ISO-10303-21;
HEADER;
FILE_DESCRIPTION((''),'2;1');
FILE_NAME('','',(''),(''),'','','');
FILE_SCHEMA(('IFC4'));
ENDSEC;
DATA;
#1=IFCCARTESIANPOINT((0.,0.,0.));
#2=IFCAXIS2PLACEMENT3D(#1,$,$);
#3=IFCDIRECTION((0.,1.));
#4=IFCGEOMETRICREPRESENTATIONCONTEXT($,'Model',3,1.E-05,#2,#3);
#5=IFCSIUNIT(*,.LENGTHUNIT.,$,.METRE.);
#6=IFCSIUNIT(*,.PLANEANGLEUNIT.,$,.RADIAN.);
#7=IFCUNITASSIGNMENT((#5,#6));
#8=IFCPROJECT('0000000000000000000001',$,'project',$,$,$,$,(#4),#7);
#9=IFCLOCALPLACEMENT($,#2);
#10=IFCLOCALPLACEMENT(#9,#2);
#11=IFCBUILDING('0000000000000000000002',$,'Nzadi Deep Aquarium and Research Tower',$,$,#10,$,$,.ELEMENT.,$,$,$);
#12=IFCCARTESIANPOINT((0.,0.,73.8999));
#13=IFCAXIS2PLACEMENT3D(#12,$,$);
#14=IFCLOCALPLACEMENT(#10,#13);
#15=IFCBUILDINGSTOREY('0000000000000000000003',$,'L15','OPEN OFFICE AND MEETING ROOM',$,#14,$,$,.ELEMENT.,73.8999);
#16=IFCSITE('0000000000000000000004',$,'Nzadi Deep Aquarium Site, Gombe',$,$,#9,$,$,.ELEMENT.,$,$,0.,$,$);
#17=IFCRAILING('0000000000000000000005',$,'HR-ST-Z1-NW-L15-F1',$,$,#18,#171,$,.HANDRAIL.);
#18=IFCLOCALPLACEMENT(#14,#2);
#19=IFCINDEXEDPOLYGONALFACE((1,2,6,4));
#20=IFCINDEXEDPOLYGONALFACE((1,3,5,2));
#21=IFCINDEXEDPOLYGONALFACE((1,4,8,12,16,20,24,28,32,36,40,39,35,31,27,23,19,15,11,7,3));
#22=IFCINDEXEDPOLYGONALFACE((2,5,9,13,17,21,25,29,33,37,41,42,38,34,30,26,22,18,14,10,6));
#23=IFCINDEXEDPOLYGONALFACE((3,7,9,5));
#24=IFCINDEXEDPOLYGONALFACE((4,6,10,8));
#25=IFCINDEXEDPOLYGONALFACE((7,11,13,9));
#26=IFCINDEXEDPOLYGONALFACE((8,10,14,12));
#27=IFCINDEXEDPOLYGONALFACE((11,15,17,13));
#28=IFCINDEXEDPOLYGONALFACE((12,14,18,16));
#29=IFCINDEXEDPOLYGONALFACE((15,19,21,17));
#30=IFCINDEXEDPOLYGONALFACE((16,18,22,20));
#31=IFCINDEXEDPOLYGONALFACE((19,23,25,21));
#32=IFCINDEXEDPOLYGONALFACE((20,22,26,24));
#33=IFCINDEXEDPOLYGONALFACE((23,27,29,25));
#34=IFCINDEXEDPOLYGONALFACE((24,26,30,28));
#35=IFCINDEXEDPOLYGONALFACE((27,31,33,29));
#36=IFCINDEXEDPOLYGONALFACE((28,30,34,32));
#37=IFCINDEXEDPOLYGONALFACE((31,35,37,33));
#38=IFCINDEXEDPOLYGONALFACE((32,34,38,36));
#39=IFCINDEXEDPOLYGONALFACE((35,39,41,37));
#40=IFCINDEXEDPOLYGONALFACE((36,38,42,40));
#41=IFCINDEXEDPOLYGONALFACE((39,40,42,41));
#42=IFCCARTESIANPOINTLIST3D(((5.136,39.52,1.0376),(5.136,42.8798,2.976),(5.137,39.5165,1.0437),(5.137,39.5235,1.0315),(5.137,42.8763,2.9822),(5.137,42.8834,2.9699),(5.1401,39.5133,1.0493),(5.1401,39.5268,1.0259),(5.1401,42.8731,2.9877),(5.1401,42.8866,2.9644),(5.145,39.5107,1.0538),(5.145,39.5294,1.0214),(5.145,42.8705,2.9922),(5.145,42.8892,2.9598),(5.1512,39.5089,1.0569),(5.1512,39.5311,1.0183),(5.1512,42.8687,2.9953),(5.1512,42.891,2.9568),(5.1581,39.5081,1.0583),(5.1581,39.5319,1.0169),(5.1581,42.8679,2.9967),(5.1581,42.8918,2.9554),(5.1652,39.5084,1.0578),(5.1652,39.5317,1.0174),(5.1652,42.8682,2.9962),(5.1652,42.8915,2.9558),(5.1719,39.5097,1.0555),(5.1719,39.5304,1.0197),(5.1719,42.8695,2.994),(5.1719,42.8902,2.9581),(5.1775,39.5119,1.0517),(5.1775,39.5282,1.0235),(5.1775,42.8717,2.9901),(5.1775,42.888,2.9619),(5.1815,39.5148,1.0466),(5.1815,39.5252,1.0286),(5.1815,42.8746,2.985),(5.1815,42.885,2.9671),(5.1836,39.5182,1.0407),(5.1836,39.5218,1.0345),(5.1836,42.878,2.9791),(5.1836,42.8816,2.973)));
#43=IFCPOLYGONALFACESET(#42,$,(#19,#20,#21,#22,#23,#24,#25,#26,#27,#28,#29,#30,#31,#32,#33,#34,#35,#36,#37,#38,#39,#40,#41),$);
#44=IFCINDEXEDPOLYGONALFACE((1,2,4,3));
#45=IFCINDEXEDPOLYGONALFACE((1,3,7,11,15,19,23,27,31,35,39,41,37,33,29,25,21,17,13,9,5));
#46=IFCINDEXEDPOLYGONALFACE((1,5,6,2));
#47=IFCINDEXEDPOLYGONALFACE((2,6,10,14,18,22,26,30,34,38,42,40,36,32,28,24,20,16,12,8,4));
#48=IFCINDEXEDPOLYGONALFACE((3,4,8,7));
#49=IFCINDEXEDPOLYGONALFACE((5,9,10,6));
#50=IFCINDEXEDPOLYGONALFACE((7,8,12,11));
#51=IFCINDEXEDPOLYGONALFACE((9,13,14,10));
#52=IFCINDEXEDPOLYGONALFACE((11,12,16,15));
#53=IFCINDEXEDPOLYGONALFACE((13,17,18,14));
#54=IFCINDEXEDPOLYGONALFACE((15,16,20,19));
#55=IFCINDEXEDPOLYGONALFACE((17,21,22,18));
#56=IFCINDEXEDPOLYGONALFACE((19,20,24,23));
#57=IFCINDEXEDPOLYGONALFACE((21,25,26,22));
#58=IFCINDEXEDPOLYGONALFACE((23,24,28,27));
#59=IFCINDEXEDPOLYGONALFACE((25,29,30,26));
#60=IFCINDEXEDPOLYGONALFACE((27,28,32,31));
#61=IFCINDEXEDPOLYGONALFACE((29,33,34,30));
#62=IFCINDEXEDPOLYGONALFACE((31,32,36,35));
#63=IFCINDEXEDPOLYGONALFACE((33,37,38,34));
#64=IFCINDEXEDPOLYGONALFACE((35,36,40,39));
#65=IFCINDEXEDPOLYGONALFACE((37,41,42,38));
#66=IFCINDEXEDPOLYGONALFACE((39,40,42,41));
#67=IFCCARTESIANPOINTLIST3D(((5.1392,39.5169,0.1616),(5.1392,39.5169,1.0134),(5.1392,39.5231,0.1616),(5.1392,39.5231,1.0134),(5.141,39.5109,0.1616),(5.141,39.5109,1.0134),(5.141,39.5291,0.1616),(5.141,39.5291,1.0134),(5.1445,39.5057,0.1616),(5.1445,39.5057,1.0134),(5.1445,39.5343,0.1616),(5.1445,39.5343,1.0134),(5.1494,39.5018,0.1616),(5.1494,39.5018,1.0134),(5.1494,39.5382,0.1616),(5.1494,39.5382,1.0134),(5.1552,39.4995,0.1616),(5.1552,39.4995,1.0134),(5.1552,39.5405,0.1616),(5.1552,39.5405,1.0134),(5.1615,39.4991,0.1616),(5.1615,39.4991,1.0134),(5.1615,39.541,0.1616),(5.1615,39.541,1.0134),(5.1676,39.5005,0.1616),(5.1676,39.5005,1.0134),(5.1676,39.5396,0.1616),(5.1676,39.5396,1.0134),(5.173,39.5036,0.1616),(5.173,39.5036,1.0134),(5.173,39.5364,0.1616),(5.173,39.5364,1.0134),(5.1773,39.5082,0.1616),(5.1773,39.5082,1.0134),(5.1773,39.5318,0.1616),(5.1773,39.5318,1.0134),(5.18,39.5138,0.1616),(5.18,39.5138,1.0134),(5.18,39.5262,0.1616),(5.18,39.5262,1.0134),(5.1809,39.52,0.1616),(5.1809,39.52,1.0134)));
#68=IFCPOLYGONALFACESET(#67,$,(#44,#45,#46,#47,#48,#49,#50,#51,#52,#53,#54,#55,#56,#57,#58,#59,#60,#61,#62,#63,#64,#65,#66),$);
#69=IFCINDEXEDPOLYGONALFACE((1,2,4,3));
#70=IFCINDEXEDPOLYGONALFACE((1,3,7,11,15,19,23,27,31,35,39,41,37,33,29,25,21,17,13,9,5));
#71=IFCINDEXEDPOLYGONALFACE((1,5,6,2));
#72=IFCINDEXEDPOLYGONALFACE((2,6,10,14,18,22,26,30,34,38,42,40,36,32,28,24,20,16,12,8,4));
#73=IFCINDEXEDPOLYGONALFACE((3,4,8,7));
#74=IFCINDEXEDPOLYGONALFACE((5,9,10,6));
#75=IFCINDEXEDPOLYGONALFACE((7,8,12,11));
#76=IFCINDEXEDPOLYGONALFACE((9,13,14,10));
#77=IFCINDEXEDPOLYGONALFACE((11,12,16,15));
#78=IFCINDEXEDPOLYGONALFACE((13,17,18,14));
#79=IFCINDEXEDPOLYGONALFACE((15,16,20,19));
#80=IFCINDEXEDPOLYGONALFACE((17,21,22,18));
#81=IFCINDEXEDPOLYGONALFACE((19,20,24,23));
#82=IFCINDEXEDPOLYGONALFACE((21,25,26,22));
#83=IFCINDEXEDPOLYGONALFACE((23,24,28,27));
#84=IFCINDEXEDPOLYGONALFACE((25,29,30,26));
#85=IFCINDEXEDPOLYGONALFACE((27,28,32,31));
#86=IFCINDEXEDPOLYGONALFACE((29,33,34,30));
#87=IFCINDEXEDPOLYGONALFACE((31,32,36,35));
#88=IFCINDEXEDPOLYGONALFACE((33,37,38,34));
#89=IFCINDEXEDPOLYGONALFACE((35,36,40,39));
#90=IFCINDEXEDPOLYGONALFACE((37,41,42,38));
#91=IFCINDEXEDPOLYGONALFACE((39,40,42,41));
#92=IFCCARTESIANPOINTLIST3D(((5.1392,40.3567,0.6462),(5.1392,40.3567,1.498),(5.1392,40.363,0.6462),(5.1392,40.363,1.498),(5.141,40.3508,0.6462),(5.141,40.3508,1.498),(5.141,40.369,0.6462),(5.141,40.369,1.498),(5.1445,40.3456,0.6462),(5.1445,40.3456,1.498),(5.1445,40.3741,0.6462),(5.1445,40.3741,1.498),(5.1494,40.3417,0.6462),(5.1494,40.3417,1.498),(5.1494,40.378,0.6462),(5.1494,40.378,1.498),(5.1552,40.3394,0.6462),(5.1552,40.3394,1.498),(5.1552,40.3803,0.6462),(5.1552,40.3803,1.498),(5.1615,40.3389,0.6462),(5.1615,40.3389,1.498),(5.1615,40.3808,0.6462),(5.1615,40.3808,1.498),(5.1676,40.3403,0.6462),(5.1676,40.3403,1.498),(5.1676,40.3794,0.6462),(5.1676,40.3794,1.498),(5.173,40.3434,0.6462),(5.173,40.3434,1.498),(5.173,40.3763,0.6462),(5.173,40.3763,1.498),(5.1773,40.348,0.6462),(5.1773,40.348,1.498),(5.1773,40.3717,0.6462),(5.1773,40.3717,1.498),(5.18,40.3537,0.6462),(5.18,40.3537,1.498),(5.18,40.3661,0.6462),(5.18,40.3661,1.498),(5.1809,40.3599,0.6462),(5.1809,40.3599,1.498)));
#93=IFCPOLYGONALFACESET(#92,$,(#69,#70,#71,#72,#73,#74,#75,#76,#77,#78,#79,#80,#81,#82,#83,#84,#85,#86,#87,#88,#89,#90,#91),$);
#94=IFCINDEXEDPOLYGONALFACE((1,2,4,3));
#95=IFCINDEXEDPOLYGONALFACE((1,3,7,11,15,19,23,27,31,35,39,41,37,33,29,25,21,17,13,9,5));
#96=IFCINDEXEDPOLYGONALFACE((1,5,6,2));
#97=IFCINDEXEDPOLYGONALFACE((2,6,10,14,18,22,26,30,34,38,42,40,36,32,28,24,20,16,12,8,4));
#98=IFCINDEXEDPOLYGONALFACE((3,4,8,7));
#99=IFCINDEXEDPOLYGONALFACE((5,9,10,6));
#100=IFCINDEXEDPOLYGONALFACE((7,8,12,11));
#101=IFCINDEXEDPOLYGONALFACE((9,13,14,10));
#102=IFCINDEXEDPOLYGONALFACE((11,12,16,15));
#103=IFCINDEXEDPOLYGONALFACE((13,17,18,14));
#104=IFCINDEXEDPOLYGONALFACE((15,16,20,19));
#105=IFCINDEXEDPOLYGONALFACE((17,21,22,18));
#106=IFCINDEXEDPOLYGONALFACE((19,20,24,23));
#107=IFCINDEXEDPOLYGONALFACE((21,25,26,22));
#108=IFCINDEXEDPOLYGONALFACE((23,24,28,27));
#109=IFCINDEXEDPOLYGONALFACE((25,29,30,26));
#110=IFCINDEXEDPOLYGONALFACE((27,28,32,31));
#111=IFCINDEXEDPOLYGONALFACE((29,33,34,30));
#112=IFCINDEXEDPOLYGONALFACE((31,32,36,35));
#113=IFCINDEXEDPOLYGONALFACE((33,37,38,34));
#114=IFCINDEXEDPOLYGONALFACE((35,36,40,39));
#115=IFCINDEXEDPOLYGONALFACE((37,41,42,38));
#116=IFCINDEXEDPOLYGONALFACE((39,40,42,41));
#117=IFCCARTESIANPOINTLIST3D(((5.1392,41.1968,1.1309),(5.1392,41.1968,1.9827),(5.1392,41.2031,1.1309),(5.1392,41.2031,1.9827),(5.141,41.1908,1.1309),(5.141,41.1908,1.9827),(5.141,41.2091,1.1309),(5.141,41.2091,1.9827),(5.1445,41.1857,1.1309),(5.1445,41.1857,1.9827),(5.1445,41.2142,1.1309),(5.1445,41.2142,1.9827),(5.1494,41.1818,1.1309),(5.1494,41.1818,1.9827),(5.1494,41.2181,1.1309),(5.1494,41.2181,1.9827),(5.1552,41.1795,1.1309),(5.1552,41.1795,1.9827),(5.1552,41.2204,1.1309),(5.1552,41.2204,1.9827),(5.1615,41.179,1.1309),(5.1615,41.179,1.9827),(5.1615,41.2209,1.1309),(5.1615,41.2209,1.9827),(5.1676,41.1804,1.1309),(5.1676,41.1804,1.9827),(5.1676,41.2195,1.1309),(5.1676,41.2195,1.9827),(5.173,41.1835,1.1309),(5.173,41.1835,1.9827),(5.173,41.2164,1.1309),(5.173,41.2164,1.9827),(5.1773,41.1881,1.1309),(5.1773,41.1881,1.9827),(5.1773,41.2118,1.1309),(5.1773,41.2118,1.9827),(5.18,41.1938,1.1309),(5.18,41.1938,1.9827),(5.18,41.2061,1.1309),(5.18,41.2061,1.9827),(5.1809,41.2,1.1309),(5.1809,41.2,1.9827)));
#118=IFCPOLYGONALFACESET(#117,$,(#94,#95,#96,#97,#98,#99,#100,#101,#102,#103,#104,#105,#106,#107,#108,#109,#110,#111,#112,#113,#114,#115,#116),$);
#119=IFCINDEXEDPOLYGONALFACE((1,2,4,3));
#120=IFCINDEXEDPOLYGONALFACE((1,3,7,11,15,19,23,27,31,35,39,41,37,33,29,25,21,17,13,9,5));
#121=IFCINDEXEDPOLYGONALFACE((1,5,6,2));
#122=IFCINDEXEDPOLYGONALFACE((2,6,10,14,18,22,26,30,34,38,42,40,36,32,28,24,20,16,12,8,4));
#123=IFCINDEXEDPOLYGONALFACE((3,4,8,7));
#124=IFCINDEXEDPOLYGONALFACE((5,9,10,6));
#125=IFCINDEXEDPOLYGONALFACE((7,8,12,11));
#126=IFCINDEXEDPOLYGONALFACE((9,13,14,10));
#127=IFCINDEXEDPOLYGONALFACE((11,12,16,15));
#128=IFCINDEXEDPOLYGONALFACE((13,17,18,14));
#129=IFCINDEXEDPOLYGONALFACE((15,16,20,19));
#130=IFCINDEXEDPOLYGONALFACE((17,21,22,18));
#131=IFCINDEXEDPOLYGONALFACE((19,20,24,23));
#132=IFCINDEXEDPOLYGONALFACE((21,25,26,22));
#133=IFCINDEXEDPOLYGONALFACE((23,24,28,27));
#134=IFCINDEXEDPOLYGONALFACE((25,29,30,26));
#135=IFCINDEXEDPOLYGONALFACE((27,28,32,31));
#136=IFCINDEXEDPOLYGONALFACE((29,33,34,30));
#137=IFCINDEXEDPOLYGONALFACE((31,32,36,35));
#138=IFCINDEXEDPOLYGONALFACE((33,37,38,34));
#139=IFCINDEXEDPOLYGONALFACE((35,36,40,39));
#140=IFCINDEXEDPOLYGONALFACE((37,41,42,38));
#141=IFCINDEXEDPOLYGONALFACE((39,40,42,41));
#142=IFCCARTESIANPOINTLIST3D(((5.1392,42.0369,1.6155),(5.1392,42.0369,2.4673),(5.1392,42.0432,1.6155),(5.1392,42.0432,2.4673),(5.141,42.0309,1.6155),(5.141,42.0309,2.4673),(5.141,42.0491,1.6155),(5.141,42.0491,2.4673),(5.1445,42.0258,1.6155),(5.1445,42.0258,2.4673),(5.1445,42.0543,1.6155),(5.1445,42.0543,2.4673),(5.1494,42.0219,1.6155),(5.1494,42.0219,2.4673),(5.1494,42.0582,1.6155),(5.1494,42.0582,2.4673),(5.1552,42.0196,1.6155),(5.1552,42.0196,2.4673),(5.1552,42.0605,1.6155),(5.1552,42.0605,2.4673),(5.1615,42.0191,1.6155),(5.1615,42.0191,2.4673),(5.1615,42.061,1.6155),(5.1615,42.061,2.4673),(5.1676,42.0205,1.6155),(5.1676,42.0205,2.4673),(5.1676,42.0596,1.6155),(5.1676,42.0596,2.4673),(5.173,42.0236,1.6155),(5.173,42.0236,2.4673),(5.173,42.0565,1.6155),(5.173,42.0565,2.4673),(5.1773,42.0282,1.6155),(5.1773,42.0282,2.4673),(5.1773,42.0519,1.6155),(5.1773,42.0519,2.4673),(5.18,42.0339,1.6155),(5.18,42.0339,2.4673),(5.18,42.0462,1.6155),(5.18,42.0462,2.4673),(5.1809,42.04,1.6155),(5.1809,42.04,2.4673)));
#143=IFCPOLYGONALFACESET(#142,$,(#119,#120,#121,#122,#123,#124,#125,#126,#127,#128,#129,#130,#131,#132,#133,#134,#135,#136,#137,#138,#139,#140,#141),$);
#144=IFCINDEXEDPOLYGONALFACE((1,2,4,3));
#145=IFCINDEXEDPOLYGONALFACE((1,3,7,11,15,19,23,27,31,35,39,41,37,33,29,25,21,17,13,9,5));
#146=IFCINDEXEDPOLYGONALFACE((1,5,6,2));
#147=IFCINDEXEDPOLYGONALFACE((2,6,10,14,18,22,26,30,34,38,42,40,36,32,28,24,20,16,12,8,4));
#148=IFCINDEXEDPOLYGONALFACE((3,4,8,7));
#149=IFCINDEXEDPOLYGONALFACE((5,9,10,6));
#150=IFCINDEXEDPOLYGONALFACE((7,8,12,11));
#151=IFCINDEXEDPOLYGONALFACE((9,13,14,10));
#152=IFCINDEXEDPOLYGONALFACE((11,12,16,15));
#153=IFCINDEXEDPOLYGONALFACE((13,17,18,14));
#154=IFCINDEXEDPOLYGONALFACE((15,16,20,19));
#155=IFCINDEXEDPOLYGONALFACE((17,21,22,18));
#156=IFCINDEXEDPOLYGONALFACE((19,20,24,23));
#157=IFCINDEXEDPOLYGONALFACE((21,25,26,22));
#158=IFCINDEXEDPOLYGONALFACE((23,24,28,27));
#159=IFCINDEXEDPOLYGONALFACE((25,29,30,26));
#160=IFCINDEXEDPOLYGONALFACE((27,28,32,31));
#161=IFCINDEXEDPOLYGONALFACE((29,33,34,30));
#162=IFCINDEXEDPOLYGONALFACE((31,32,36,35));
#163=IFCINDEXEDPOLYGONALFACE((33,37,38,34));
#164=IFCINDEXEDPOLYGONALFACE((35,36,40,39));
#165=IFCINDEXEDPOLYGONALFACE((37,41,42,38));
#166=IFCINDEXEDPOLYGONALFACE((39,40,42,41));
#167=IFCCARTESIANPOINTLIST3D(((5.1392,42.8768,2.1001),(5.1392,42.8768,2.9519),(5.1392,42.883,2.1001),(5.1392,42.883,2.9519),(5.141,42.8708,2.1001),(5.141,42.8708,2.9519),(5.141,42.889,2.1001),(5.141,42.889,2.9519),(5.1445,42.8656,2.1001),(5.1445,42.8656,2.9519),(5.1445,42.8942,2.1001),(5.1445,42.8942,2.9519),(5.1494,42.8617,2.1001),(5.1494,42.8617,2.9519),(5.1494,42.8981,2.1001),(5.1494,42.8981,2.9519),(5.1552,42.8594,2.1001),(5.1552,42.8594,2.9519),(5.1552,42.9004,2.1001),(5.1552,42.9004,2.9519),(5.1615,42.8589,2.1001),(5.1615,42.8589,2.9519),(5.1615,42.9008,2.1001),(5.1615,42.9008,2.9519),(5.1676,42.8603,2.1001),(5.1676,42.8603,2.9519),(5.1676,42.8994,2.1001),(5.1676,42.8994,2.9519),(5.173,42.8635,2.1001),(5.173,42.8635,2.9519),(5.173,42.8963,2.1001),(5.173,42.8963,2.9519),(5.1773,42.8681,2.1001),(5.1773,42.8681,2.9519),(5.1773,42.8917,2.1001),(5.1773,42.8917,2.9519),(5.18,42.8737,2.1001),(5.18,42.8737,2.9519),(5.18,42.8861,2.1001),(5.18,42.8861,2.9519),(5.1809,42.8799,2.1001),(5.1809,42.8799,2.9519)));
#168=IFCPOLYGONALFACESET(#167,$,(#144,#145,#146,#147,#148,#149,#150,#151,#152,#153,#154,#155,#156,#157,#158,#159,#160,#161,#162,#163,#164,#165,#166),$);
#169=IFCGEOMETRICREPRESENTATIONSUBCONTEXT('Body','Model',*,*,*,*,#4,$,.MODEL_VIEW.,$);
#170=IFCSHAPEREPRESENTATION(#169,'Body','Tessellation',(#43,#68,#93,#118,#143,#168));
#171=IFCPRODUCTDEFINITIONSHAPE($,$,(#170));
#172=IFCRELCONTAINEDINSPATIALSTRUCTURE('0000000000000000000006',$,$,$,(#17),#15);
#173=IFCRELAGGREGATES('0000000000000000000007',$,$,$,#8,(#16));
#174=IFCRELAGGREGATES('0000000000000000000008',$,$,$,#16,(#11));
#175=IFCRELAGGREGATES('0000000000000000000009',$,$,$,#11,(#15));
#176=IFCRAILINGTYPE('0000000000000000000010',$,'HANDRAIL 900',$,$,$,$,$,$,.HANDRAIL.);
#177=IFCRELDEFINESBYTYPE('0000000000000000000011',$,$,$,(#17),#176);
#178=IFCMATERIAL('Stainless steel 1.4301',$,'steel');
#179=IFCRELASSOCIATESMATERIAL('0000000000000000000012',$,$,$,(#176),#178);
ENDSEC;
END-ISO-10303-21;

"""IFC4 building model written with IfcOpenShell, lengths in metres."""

from ifc_helpers import new_model, si_unit, direction, frame, origin, origin_2d, place, context, subcontext, project, spatial, circle, extrude, material, type_object, element, save


model = new_model("IFC4")

# Units and contexts
model_context = context("Model", 3, precision=1e-05, world=origin(), true_north=direction((0.0, 1.0)))
body_context = subcontext(model_context, "Body", "Model", "MODEL_VIEW")
ifc_project = project(units=[si_unit("LENGTHUNIT", "METRE"), si_unit("PLANEANGLEUNIT", "RADIAN")], contexts=[model_context])

# Site, building, storey
site_placement = place(None, origin())
site = spatial("IfcSite", under=ifc_project, at=site_placement, Name="Nzadi Deep Aquarium Site, Gombe", CompositionType="ELEMENT", RefElevation=0.0)
building_placement = place(site_placement, origin())
building = spatial("IfcBuilding", under=site, at=building_placement, Name="Nzadi Deep Aquarium and Research Tower", CompositionType="ELEMENT")
storey_placement = place(building_placement, frame((0.0, 0.0, 73.8999)))
storey = spatial("IfcBuildingStorey", under=building, at=storey_placement, Name="L15", Description="OPEN OFFICE AND MEETING ROOM", CompositionType="ELEMENT", Elevation=73.8999)

# Railing
ifc_material_1 = material(Name="Stainless steel 1.4301", Category="steel")
railing_type = type_object("IfcRailingType", Name="HANDRAIL 900", PredefinedType="HANDRAIL", material=ifc_material_1)
for number, where, name in (
    (1, (5.1599, 39.52, 0.1616), "HR-ST-Z1-NW-L15-F1"),
):
    element("IfcRailing", number, at=place(storey_placement, frame(where)), inside=storey, type_object=railing_type, Name=name, PredefinedType="HANDRAIL", context=body_context, shape_type="SweptSolid", body=[
        extrude(circle(Radius=0.0239, at=origin_2d()), frame((0.0, 0.0, 0.876), z_axis=(0.0, 0.866175, 0.499741), x_axis=(-1.0, 0.0, 0.0)), (0.0, 0.0, 1.0), 3.8789),
        extrude(circle(Radius=0.021, at=origin_2d()), origin(), (0.0, 0.0, 1.0), 0.8518),
        extrude(circle(Radius=0.021, at=origin_2d()), frame((0.0, 0.8398, 0.4846)), (0.0, 0.0, 1.0), 0.8518),
        extrude(circle(Radius=0.021, at=origin_2d()), frame((0.0, 1.6799, 0.9692)), (0.0, 0.0, 1.0), 0.8518),
        extrude(circle(Radius=0.021, at=origin_2d()), frame((0.0, 2.52, 1.4539)), (0.0, 0.0, 1.0), 0.8518),
        extrude(circle(Radius=0.021, at=origin_2d()), frame((0.0, 3.3599, 1.9385)), (0.0, 0.0, 1.0), 0.8518),
    ])

save(model, "model.ifc")
